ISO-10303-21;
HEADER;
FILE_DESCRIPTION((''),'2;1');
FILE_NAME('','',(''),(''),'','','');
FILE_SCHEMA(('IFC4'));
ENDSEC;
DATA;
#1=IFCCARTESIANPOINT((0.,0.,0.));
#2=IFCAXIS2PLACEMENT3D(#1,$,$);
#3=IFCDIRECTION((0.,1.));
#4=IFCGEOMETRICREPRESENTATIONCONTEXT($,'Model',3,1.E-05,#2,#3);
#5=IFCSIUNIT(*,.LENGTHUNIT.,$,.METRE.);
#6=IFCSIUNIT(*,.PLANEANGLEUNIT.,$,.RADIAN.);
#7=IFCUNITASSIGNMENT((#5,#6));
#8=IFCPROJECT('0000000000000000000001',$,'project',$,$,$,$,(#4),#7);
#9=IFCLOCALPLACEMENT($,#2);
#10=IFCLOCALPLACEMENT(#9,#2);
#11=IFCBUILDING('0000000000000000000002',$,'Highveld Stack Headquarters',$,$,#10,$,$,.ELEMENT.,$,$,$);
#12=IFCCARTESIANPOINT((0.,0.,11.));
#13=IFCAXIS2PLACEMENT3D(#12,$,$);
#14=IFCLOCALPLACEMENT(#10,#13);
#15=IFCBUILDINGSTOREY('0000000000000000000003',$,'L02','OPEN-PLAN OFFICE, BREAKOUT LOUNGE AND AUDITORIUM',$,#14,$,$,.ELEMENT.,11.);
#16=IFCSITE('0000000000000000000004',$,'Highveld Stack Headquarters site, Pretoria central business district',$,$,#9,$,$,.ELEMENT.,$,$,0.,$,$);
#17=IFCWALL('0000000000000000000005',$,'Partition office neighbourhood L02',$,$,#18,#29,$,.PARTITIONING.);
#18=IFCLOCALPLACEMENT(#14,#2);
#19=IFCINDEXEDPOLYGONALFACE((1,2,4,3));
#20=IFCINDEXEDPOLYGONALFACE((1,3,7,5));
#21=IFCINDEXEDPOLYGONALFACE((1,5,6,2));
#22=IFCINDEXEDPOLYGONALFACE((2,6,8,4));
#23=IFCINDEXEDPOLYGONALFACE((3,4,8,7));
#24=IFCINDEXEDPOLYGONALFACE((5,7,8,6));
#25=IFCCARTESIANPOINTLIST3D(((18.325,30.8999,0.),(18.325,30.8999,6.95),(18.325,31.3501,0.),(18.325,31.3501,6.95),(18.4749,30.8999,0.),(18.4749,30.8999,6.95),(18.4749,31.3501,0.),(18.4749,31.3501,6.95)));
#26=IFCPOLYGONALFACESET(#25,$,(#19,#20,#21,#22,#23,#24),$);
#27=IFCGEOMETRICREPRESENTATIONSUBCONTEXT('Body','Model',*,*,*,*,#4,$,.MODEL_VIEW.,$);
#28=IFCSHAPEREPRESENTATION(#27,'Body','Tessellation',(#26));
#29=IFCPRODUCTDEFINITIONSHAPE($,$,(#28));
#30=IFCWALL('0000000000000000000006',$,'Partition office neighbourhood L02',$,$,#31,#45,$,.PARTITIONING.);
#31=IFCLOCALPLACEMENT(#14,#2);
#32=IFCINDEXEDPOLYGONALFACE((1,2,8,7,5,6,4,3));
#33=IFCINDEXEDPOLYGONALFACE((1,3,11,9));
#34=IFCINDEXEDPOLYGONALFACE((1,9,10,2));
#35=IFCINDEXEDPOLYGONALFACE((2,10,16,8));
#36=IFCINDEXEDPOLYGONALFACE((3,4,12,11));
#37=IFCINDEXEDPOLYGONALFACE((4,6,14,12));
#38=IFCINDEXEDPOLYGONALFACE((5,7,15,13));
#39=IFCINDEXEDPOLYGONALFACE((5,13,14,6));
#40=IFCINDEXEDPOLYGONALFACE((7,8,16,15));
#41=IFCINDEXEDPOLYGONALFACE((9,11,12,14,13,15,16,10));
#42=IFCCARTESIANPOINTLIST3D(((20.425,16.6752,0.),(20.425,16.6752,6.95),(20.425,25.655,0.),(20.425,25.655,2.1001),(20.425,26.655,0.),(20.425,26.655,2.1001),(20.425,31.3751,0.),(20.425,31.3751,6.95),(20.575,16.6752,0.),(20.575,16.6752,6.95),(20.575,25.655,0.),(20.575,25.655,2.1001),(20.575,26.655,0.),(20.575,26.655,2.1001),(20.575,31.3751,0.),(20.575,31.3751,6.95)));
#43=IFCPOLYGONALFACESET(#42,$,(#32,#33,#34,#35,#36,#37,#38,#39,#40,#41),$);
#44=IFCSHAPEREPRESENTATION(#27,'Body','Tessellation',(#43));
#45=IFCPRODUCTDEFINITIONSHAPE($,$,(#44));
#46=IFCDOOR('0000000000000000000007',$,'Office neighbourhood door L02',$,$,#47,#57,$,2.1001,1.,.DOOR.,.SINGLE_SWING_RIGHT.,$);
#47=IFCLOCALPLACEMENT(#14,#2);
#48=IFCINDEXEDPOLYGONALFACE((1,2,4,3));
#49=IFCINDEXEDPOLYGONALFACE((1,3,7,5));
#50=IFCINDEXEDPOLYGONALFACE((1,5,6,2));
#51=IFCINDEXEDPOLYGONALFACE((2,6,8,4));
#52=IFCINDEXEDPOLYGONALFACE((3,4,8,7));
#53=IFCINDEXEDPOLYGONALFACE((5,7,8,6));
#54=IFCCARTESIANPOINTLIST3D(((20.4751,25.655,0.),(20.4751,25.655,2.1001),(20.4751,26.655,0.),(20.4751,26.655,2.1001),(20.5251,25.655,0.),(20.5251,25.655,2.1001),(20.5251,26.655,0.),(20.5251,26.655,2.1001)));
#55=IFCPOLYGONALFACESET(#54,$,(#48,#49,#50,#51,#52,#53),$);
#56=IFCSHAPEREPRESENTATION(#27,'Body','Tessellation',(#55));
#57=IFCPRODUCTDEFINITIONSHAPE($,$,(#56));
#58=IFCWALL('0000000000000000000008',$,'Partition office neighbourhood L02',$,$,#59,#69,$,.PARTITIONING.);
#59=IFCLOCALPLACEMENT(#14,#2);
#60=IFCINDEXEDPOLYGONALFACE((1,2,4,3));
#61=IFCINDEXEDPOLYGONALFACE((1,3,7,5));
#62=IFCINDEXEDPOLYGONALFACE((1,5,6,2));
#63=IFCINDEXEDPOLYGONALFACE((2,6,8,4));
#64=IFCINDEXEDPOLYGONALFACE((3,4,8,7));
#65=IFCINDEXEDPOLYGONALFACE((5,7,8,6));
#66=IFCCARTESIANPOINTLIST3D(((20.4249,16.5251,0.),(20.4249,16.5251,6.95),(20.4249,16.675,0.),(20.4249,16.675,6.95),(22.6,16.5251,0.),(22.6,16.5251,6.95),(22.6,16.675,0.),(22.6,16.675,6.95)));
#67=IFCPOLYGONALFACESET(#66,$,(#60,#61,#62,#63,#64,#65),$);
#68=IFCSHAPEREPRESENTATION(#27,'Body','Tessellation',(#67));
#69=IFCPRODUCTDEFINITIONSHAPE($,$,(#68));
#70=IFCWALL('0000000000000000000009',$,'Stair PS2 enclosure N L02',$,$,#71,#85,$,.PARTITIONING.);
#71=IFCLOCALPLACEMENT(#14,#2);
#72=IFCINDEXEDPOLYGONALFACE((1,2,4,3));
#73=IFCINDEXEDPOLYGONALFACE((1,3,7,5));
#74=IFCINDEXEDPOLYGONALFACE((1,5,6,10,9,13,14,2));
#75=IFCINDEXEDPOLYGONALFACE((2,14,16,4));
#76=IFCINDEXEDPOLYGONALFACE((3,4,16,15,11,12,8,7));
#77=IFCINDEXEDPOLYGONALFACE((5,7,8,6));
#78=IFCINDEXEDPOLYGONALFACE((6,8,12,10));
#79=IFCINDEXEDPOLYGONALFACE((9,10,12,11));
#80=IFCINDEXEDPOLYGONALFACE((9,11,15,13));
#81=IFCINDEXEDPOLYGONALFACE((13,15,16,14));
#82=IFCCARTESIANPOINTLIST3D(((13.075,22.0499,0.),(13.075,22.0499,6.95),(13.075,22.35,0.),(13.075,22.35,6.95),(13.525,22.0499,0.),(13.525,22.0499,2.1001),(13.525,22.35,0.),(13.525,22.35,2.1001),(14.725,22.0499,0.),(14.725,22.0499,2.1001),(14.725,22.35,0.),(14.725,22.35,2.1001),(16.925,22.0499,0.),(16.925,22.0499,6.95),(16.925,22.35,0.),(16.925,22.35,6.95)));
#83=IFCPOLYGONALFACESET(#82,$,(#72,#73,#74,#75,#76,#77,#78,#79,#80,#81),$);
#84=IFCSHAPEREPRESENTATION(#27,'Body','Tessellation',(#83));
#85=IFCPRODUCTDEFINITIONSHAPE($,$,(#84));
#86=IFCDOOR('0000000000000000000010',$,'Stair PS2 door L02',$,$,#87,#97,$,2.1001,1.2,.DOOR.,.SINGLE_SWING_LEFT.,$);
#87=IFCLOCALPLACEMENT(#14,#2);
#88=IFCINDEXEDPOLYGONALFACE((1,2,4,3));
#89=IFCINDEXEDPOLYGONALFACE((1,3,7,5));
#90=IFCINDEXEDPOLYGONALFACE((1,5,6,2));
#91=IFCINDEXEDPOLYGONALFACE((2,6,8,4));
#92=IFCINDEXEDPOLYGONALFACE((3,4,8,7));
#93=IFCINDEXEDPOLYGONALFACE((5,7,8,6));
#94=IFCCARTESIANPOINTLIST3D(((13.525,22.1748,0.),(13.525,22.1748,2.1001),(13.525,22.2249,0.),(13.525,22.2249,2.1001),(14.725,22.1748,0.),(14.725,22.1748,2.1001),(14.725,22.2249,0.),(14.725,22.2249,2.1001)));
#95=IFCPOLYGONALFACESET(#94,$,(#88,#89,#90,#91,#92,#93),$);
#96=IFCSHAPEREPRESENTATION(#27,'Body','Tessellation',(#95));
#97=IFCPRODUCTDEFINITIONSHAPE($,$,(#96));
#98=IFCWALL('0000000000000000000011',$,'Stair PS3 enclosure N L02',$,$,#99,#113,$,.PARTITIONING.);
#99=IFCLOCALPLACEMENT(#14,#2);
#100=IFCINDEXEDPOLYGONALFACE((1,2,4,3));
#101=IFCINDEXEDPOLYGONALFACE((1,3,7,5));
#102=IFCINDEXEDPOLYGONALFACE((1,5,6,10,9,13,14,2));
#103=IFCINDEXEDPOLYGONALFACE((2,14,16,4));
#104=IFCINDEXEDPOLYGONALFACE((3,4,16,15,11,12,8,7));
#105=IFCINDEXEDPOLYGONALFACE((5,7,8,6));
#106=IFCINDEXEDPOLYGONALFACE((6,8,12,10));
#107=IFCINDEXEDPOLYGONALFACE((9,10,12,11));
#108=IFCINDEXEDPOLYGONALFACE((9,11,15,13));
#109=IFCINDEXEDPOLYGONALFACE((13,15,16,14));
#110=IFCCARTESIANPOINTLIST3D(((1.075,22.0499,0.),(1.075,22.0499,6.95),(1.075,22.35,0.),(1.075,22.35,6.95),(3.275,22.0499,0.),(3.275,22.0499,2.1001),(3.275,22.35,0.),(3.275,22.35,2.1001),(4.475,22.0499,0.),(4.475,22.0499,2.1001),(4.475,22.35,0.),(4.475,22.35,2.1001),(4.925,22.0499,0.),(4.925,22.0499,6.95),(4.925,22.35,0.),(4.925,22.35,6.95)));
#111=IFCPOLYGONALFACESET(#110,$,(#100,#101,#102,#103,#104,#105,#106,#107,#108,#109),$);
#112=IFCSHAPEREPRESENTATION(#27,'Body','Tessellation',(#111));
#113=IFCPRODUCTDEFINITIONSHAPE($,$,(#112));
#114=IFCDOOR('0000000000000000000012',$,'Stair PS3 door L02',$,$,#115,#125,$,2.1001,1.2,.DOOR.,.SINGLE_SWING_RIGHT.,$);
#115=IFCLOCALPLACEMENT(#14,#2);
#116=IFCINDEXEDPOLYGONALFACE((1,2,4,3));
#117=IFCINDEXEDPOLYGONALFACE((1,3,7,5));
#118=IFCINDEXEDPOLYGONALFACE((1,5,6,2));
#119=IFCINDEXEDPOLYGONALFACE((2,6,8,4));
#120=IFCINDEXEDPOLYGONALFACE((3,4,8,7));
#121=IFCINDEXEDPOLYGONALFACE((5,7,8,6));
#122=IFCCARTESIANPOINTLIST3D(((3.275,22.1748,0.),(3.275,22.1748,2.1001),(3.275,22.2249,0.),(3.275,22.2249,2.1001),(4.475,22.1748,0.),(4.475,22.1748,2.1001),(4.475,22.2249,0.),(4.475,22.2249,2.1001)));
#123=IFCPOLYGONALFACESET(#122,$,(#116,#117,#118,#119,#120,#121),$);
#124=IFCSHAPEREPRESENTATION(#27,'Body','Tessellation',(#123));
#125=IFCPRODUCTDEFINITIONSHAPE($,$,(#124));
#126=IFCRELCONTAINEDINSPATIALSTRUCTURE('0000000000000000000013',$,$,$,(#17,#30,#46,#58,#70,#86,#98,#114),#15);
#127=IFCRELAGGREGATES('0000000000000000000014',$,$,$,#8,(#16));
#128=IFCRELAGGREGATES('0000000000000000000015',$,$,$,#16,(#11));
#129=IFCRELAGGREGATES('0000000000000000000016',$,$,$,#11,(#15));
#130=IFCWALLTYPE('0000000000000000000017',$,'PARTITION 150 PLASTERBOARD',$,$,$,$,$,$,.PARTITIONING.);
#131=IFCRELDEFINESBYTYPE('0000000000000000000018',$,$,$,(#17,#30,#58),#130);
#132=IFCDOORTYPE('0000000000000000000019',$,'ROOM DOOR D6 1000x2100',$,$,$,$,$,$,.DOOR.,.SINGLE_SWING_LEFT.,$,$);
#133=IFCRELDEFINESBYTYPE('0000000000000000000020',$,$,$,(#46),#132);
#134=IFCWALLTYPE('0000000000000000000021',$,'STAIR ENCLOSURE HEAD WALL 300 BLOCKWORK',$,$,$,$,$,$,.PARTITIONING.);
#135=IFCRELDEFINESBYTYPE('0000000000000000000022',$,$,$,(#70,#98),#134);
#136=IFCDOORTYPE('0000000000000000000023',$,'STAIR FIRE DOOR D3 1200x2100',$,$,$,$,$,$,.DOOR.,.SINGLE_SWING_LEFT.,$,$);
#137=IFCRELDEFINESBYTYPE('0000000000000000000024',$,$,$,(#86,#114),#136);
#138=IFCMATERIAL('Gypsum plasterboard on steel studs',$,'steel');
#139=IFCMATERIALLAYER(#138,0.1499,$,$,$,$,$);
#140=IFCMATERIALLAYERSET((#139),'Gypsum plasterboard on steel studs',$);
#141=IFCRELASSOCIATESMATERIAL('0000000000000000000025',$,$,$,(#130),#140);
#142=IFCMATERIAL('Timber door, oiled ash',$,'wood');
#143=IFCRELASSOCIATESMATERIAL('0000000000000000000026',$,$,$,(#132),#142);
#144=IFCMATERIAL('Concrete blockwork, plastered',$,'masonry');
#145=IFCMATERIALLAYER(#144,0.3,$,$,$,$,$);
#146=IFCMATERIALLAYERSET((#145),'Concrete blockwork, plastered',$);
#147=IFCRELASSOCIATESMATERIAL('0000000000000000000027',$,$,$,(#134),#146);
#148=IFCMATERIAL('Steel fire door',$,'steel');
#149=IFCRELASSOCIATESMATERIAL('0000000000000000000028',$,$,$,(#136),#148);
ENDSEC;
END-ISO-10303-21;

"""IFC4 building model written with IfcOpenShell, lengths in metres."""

from ifc_helpers import new_model, si_unit, direction, frame, frame_2d, origin, place, context, subcontext, project, spatial, rectangle, extrude, material, layer, layer_set, type_object, element, fill, save


model = new_model("IFC4")

# Units and contexts
model_context = context("Model", 3, precision=1e-05, world=origin(), true_north=direction((0.0, 1.0)))
body_context = subcontext(model_context, "Body", "Model", "MODEL_VIEW")
ifc_project = project(units=[si_unit("LENGTHUNIT", "METRE"), si_unit("PLANEANGLEUNIT", "RADIAN")], contexts=[model_context])

# Site, building, storey
site_placement = place(None, origin())
site = spatial("IfcSite", under=ifc_project, at=site_placement, Name="Highveld Stack Headquarters site, Pretoria central business district", CompositionType="ELEMENT", RefElevation=0.0)
building_placement = place(site_placement, origin())
building = spatial("IfcBuilding", under=site, at=building_placement, Name="Highveld Stack Headquarters", CompositionType="ELEMENT")
storey_placement = place(building_placement, frame((0.0, 0.0, 11.0)))
storey = spatial("IfcBuildingStorey", under=building, at=storey_placement, Name="L02", Description="OPEN-PLAN OFFICE, BREAKOUT LOUNGE AND AUDITORIUM", CompositionType="ELEMENT", Elevation=11.0)

# Shared definitions
ifc_material_1 = material(Name="Gypsum plasterboard on steel studs", Category="steel")
ifc_layer_1 = layer(ifc_material_1, 0.1499)
ifc_layer_set_1 = layer_set([ifc_layer_1], Name="Gypsum plasterboard on steel studs")
wall_type_1 = type_object("IfcWallType", Name="PARTITION 150 PLASTERBOARD", PredefinedType="PARTITIONING", material=ifc_layer_set_1)
ifc_material_2 = material(Name="Timber door, oiled ash", Category="wood")
door_type_1 = type_object("IfcDoorType", Name="ROOM DOOR D6 1000x2100", OperationType="SINGLE_SWING_LEFT", PredefinedType="DOOR", material=ifc_material_2)

# Wall
wall_1_placement = place(storey_placement, frame((18.3999, 30.8999, 0.0), z_axis=(0.0, 0.0, 1.0), x_axis=(0.0, 1.0, 0.0)))
element("IfcWall", 1, at=wall_1_placement, inside=storey, type_object=wall_type_1, Name="Partition office neighbourhood L02", PredefinedType="PARTITIONING", context=body_context, shape_type="SweptSolid", body=[
    extrude(rectangle(XDim=0.4502, YDim=0.1499, at=frame_2d((0.2251, 0.0))), origin(), (0.0, 0.0, 1.0), 6.95),
])

# Wall, opening, door
wall_2_placement = place(storey_placement, frame((20.5, 16.675, 0.0), z_axis=(0.0, 0.0, 1.0), x_axis=(0.0, 1.0, 0.0)))
wall_2 = element("IfcWall", 2, at=wall_2_placement, inside=storey, type_object=wall_type_1, Name="Partition office neighbourhood L02", PredefinedType="PARTITIONING", context=body_context, shape_type="SweptSolid", body=[
    extrude(rectangle(XDim=14.7, YDim=0.1499, at=frame_2d((7.3501, 0.0))), origin(), (0.0, 0.0, 1.0), 6.95),
])
opening_1_placement = place(wall_2_placement, frame((8.98, 0.0, 0.0)))
opening_1 = element("IfcOpeningElement", 3, at=opening_1_placement, cuts=wall_2, PredefinedType="OPENING", context=body_context, shape_type="SweptSolid", body=[
    extrude(rectangle(XDim=1.0, YDim=2.1001, at=frame_2d((0.5, 1.05))), frame((0.0, 0.085, 0.0), z_axis=(0.0, -1.0, 0.0), x_axis=(1.0, 0.0, 0.0)), (0.0, 0.0, 1.0), 0.1699),
])
door_1_placement = place(opening_1_placement, origin())
door_1 = element("IfcDoor", 4, at=door_1_placement, inside=storey, type_object=door_type_1, Name="Office neighbourhood door L02", OperationType="SINGLE_SWING_RIGHT", OverallHeight=2.1001, OverallWidth=1.0, PredefinedType="DOOR", context=body_context, shape_type="SweptSolid", body=[
    extrude(rectangle(XDim=1.0, YDim=2.1001, at=frame_2d((0.5, 1.05))), frame((0.0, 0.0249, 0.0), z_axis=(0.0, -1.0, 0.0), x_axis=(1.0, 0.0, 0.0)), (0.0, 0.0, 1.0), 0.05),
])
fill(opening_1, door_1)

# Wall
wall_3_placement = place(storey_placement, frame((20.425, 16.6001, 0.0), z_axis=(0.0, 0.0, 1.0), x_axis=(1.0, 0.0, 0.0)))
element("IfcWall", 5, at=wall_3_placement, inside=storey, type_object=wall_type_1, Name="Partition office neighbourhood L02", PredefinedType="PARTITIONING", context=body_context, shape_type="SweptSolid", body=[
    extrude(rectangle(XDim=2.175, YDim=0.1499, at=frame_2d((1.0874, 0.0))), origin(), (0.0, 0.0, 1.0), 6.95),
])

# Walls, openings, doors
ifc_material_3 = material(Name="Concrete blockwork, plastered", Category="masonry")
ifc_layer_2 = layer(ifc_material_3, 0.3)
ifc_layer_set_2 = layer_set([ifc_layer_2], Name="Concrete blockwork, plastered")
wall_type_2 = type_object("IfcWallType", Name="STAIR ENCLOSURE HEAD WALL 300 BLOCKWORK", PredefinedType="PARTITIONING", material=ifc_layer_set_2)
wall_4_placement = place(storey_placement, frame((13.075, 22.2, 0.0), z_axis=(0.0, 0.0, 1.0), x_axis=(1.0, 0.0, 0.0)))
wall_4 = element("IfcWall", 6, at=wall_4_placement, inside=storey, type_object=wall_type_2, Name="Stair PS2 enclosure N L02", PredefinedType="PARTITIONING", context=body_context, shape_type="SweptSolid", body=[
    extrude(rectangle(XDim=3.8501, YDim=0.3, at=frame_2d((1.925, 0.0))), origin(), (0.0, 0.0, 1.0), 6.95),
])
opening_2_placement = place(wall_4_placement, frame((0.45, 0.0, 0.0)))
opening_2 = element("IfcOpeningElement", 7, at=opening_2_placement, cuts=wall_4, PredefinedType="OPENING", context=body_context, shape_type="SweptSolid", body=[
    extrude(rectangle(XDim=1.2, YDim=2.1001, at=frame_2d((0.6001, 1.05))), frame((0.0, 0.1599, 0.0), z_axis=(0.0, -1.0, 0.0), x_axis=(1.0, 0.0, 0.0)), (0.0, 0.0, 1.0), 0.3201),
])
ifc_material_4 = material(Name="Steel fire door", Category="steel")
door_type_2 = type_object("IfcDoorType", Name="STAIR FIRE DOOR D3 1200x2100", OperationType="SINGLE_SWING_LEFT", PredefinedType="DOOR", material=ifc_material_4)
door_2_placement = place(opening_2_placement, origin())
door_2 = element("IfcDoor", 8, at=door_2_placement, inside=storey, type_object=door_type_2, Name="Stair PS2 door L02", OperationType="SINGLE_SWING_LEFT", OverallHeight=2.1001, OverallWidth=1.2, PredefinedType="DOOR", context=body_context, shape_type="SweptSolid", body=[
    extrude(rectangle(XDim=1.2, YDim=2.1001, at=frame_2d((0.6001, 1.05))), frame((0.0, 0.0249, 0.0), z_axis=(0.0, -1.0, 0.0), x_axis=(1.0, 0.0, 0.0)), (0.0, 0.0, 1.0), 0.05),
])
fill(opening_2, door_2)
wall_5_placement = place(storey_placement, frame((1.075, 22.2, 0.0), z_axis=(0.0, 0.0, 1.0), x_axis=(1.0, 0.0, 0.0)))
wall_5 = element("IfcWall", 9, at=wall_5_placement, inside=storey, type_object=wall_type_2, Name="Stair PS3 enclosure N L02", PredefinedType="PARTITIONING", context=body_context, shape_type="SweptSolid", body=[
    extrude(rectangle(XDim=3.8501, YDim=0.3, at=frame_2d((1.925, 0.0))), origin(), (0.0, 0.0, 1.0), 6.95),
])
opening_3_placement = place(wall_5_placement, frame((2.2, 0.0, 0.0)))
opening_3 = element("IfcOpeningElement", 10, at=opening_3_placement, cuts=wall_5, PredefinedType="OPENING", context=body_context, shape_type="SweptSolid", body=[
    extrude(rectangle(XDim=1.2, YDim=2.1001, at=frame_2d((0.6001, 1.05))), frame((0.0, 0.1599, 0.0), z_axis=(0.0, -1.0, 0.0), x_axis=(1.0, 0.0, 0.0)), (0.0, 0.0, 1.0), 0.3201),
])
door_3_placement = place(opening_3_placement, origin())
door_3 = element("IfcDoor", 11, at=door_3_placement, inside=storey, type_object=door_type_2, Name="Stair PS3 door L02", OperationType="SINGLE_SWING_RIGHT", OverallHeight=2.1001, OverallWidth=1.2, PredefinedType="DOOR", context=body_context, shape_type="SweptSolid", body=[
    extrude(rectangle(XDim=1.2, YDim=2.1001, at=frame_2d((0.6001, 1.05))), frame((0.0, 0.0249, 0.0), z_axis=(0.0, -1.0, 0.0), x_axis=(1.0, 0.0, 0.0)), (0.0, 0.0, 1.0), 0.05),
])
fill(opening_3, door_3)

save(model, "model.ifc")
